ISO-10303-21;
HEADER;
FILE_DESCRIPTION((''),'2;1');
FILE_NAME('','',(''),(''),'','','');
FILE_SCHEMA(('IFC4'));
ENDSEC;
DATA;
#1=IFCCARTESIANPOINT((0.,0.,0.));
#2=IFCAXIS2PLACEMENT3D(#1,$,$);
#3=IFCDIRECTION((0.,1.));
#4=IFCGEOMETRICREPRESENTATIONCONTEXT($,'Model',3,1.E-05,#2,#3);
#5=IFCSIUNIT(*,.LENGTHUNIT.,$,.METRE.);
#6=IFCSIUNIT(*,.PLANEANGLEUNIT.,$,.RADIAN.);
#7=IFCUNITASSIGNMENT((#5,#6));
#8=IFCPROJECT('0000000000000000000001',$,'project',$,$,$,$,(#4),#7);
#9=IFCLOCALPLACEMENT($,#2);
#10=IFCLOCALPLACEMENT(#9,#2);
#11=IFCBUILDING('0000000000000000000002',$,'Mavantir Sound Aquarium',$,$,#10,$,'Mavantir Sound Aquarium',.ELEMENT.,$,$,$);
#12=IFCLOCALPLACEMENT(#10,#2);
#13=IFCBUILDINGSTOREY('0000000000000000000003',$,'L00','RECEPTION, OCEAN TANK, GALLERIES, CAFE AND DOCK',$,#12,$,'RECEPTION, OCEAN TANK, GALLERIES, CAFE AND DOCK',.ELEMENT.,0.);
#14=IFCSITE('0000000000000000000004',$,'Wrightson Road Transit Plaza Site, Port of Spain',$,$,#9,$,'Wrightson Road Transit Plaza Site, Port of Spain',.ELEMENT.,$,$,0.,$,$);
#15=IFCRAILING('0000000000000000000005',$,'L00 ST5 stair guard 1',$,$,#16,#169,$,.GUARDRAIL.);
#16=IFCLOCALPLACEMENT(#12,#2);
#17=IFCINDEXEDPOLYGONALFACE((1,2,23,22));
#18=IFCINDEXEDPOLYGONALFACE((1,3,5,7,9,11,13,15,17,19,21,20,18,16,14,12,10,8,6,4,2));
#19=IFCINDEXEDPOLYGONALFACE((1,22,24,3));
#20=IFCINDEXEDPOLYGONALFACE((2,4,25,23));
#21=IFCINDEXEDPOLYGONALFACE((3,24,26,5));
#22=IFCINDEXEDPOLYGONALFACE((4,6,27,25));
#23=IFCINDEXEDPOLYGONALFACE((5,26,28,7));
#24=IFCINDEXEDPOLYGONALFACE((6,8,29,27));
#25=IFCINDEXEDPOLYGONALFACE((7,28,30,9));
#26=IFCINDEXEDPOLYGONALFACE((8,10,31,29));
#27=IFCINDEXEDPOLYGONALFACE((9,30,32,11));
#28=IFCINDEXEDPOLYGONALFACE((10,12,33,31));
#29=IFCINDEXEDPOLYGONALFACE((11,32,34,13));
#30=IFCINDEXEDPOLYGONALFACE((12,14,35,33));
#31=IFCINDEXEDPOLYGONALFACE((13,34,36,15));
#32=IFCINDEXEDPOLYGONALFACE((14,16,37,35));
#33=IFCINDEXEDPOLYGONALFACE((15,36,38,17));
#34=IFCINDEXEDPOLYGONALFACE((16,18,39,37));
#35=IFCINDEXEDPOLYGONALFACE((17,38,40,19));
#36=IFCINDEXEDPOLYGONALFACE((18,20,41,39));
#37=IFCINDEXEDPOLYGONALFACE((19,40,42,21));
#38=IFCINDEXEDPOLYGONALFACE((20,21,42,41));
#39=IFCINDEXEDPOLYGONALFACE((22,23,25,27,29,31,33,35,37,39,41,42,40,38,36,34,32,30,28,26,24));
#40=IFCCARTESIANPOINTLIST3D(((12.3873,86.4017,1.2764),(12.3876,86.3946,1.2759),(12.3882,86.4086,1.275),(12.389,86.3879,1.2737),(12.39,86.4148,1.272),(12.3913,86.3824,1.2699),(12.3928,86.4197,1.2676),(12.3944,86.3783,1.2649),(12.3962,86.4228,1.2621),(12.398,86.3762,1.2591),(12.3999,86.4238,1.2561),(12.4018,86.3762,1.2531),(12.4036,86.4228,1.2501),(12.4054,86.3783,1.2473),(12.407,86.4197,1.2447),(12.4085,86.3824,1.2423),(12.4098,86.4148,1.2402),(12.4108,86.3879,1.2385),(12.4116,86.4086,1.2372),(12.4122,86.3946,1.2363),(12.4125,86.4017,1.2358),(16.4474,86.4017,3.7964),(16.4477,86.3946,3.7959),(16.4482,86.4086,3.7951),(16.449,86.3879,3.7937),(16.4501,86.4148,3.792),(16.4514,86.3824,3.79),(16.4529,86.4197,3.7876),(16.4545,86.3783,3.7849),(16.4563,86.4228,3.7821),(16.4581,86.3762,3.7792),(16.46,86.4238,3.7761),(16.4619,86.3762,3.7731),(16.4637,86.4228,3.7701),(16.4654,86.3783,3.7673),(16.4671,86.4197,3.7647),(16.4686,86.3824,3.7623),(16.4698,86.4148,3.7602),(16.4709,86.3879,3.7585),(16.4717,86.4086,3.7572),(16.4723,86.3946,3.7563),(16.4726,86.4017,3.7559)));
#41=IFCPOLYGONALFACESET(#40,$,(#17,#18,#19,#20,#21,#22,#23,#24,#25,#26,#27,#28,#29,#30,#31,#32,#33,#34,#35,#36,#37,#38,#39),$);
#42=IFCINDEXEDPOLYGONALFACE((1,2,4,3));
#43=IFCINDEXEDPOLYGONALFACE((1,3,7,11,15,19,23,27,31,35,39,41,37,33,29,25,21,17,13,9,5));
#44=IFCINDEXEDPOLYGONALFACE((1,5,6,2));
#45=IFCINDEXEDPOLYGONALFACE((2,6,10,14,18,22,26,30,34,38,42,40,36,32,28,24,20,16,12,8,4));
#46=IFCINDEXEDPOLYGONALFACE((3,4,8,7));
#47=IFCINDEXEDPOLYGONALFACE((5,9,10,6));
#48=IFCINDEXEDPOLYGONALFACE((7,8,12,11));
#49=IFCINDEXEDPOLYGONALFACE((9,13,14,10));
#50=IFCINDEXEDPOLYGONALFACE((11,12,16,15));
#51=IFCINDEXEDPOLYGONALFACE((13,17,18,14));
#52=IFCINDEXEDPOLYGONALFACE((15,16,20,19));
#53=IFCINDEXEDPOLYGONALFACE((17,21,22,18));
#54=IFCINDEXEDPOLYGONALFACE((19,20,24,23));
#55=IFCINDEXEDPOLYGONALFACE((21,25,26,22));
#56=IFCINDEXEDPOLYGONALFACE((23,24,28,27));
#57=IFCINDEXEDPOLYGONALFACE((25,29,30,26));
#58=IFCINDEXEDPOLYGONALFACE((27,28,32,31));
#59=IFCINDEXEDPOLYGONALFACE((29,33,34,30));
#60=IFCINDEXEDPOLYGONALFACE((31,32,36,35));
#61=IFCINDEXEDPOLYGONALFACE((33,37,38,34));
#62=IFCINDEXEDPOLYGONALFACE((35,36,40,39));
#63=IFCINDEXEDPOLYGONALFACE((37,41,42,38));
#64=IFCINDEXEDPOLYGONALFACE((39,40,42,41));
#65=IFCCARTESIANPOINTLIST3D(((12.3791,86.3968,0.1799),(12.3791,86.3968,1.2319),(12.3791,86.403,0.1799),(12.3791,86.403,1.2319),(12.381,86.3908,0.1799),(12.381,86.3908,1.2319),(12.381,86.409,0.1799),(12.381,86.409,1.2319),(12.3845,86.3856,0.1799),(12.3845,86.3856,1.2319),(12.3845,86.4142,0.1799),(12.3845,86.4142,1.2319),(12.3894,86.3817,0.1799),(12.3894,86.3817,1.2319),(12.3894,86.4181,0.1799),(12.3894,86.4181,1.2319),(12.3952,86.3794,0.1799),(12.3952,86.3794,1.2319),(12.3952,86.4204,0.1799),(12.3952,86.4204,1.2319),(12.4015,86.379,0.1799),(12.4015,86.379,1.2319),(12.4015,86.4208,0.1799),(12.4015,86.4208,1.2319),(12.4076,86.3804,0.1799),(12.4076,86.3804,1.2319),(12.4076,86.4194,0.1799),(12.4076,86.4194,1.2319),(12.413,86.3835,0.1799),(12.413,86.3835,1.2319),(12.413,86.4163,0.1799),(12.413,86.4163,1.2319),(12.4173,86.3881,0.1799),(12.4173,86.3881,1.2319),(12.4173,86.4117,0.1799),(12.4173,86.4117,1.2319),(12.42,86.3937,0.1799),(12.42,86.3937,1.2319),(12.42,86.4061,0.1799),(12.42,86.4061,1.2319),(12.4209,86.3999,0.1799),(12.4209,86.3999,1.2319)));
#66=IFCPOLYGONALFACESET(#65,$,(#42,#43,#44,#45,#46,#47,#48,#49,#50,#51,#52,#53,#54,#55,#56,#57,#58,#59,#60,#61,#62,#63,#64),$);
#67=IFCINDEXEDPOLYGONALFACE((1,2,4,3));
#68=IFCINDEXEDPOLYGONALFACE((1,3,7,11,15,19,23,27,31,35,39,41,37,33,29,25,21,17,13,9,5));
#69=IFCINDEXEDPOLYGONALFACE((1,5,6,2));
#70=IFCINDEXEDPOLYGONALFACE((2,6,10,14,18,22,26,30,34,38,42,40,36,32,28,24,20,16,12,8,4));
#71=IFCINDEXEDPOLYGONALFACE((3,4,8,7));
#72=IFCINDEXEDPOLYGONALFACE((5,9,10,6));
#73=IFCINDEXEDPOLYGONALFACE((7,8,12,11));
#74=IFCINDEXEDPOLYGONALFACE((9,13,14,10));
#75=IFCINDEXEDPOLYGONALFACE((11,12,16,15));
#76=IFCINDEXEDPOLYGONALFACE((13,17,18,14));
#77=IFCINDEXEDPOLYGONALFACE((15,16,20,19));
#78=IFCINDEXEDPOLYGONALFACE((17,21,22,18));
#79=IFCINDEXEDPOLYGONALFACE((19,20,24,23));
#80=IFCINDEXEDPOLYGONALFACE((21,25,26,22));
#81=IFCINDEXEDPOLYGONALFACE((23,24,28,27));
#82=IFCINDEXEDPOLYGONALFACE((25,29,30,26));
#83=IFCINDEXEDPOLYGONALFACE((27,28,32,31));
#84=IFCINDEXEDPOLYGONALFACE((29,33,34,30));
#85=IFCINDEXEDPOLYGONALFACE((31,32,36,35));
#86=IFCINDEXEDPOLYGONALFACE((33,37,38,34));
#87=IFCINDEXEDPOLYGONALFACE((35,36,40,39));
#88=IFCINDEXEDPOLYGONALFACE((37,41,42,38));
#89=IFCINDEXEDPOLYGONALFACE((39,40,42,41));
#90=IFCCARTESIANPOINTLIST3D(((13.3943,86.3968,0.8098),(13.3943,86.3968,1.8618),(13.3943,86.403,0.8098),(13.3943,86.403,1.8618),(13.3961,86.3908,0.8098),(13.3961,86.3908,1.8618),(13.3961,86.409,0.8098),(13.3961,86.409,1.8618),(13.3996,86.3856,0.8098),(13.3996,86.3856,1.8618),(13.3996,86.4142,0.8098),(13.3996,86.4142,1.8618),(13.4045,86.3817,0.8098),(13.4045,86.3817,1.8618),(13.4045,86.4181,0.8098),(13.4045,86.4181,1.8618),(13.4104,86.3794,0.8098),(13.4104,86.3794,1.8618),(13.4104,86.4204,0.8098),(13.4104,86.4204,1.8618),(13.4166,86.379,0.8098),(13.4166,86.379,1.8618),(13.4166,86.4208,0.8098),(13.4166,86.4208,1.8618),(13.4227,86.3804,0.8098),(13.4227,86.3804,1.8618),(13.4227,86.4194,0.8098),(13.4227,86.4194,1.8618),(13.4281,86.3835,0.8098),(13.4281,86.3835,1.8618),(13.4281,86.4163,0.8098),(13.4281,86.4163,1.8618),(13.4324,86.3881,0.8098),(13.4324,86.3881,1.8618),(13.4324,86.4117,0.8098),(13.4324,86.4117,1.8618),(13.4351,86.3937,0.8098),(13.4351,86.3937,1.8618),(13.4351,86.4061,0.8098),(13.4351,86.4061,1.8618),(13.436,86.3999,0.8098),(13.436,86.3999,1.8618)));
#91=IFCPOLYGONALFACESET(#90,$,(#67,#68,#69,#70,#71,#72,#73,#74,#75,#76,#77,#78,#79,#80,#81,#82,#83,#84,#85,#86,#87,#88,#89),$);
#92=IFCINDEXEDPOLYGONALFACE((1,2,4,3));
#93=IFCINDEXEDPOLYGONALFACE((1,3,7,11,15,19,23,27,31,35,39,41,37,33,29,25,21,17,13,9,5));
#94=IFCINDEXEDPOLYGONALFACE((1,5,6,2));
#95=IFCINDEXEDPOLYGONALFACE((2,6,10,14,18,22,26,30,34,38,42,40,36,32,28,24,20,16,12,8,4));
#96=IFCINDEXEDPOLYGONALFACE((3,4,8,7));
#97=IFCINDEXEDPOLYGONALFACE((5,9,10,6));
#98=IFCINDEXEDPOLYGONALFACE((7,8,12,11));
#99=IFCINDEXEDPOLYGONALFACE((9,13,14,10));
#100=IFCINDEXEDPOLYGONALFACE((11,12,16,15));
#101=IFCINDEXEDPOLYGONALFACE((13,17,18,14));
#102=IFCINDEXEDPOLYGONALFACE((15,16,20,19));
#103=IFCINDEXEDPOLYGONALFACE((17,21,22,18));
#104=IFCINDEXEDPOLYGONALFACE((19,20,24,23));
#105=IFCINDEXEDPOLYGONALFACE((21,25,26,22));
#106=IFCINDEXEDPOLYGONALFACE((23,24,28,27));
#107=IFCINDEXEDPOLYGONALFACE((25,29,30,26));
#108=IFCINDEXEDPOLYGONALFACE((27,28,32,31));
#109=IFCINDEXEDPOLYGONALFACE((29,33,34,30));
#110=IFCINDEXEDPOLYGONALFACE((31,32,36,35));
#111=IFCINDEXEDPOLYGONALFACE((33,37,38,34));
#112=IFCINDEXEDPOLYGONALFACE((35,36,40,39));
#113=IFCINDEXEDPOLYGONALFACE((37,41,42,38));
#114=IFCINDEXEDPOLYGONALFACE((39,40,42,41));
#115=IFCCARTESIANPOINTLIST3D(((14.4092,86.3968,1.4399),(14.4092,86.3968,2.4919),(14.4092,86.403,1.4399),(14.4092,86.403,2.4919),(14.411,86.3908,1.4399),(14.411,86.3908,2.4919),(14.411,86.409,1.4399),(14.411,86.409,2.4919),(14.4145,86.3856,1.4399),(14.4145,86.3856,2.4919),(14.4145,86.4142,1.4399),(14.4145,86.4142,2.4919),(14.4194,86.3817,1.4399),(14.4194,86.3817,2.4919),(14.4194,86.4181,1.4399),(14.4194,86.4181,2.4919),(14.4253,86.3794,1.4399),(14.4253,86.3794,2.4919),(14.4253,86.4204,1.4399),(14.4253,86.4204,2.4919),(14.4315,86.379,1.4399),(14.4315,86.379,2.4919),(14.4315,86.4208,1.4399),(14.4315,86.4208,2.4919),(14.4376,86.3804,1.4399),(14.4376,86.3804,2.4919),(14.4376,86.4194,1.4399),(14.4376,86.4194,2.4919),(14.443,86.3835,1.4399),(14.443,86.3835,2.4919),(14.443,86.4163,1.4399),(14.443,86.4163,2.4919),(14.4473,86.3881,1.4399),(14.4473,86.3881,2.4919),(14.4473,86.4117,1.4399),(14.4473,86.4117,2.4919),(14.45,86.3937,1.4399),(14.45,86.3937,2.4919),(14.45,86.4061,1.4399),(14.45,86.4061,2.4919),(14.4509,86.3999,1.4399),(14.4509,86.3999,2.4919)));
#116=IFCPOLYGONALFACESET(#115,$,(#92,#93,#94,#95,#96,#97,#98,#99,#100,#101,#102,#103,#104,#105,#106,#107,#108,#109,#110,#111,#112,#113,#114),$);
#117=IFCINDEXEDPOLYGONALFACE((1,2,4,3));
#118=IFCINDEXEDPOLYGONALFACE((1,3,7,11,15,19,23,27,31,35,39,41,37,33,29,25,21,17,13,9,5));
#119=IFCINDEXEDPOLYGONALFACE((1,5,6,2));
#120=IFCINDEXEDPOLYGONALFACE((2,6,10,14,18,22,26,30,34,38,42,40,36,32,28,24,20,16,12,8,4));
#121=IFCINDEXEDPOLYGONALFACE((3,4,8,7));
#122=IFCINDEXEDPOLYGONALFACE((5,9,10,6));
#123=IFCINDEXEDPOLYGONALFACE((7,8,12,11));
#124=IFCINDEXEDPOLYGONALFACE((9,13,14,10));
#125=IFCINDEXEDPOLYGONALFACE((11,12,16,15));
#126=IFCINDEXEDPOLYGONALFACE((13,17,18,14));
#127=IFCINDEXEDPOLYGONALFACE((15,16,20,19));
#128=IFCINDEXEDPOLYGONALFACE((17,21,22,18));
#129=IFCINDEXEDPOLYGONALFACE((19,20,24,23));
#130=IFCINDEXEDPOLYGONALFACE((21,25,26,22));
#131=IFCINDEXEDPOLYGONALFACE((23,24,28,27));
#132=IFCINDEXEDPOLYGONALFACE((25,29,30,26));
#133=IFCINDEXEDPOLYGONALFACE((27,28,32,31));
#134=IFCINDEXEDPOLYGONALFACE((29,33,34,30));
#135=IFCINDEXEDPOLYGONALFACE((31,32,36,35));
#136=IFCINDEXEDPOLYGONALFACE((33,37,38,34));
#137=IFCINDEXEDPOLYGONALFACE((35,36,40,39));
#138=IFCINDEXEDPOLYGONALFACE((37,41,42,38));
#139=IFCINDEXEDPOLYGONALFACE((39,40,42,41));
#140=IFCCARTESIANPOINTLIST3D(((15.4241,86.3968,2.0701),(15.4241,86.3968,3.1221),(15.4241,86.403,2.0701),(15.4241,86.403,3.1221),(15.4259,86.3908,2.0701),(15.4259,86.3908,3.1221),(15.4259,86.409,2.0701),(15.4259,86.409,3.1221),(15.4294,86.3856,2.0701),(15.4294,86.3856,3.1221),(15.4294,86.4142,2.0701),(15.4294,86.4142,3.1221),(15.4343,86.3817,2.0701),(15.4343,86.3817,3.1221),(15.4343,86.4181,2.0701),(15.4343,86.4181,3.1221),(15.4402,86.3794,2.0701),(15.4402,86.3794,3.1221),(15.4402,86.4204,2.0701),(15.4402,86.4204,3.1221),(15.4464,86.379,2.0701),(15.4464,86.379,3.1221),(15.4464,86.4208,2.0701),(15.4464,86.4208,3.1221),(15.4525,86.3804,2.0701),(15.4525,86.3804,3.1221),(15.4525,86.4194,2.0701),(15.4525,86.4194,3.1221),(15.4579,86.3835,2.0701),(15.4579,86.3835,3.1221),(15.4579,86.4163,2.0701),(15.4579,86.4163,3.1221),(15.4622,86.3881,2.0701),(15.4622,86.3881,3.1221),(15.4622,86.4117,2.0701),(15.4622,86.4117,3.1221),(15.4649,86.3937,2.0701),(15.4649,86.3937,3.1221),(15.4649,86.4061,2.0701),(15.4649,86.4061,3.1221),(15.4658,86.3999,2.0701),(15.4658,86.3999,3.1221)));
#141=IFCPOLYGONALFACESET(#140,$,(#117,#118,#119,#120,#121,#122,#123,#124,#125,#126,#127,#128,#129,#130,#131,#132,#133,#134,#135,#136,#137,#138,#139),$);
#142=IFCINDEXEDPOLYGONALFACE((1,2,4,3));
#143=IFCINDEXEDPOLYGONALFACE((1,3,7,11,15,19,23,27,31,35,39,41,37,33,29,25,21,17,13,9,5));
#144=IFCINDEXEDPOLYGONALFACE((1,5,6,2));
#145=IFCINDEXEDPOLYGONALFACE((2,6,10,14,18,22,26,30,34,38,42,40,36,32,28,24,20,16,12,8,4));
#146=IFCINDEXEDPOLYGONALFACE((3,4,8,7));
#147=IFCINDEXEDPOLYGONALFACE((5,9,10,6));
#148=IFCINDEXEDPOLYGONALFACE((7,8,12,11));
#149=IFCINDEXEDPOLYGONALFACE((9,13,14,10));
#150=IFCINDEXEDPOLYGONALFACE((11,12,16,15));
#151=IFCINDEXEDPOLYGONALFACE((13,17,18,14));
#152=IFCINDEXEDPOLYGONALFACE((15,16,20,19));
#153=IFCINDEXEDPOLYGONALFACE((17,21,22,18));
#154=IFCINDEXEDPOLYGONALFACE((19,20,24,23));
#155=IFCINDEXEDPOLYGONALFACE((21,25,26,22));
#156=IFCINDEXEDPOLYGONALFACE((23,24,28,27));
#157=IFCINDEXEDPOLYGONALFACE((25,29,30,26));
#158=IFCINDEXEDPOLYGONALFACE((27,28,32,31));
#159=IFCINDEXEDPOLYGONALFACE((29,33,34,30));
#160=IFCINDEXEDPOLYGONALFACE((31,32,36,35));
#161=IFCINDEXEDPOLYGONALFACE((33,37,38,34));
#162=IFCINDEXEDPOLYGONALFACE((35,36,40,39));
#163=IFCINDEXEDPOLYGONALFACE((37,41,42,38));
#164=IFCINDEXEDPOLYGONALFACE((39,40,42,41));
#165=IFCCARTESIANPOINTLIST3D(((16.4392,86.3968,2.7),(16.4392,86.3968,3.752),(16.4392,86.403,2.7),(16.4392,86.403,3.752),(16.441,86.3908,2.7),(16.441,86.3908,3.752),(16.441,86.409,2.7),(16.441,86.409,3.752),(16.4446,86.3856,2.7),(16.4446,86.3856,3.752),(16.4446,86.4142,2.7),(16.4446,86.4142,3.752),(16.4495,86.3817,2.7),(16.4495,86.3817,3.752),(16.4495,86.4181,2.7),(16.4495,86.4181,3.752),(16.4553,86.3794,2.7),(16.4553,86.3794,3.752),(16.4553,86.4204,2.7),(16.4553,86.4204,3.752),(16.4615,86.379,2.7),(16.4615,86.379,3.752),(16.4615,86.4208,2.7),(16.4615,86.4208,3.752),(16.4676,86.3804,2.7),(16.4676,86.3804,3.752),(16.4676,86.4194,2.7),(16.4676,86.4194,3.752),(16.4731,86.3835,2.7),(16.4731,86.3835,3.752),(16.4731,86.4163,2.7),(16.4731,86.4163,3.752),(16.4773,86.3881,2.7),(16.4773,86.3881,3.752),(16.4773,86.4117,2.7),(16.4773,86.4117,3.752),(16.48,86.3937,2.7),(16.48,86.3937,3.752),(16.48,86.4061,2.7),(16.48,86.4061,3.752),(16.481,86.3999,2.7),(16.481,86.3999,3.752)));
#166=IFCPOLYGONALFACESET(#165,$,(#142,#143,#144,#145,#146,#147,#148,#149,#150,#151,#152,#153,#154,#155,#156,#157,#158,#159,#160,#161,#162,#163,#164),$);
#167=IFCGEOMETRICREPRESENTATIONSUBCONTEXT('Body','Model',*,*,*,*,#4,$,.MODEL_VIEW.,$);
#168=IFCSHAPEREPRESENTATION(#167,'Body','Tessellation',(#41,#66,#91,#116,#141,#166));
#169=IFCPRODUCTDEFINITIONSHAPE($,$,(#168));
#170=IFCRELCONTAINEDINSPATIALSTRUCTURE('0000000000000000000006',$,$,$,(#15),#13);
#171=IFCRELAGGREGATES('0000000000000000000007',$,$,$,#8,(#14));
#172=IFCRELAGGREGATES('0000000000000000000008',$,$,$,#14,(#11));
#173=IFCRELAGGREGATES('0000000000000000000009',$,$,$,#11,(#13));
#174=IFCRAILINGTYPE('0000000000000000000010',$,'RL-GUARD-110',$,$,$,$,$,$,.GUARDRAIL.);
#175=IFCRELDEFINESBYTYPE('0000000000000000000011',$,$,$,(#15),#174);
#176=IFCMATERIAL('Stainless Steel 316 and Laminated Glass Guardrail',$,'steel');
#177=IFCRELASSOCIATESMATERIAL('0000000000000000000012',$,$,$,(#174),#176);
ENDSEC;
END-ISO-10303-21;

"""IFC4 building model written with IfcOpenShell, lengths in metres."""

from ifc_helpers import new_model, si_unit, direction, frame, origin, origin_2d, place, context, subcontext, project, spatial, circle, extrude, material, type_object, element, save


model = new_model("IFC4")

# Units and contexts
model_context = context("Model", 3, precision=1e-05, world=origin(), true_north=direction((0.0, 1.0)))
body_context = subcontext(model_context, "Body", "Model", "MODEL_VIEW")
ifc_project = project(units=[si_unit("LENGTHUNIT", "METRE"), si_unit("PLANEANGLEUNIT", "RADIAN")], contexts=[model_context])

# Site, building, storey
site_placement = place(None, origin())
site = spatial("IfcSite", under=ifc_project, at=site_placement, Name="Wrightson Road Transit Plaza Site, Port of Spain", LongName="Wrightson Road Transit Plaza Site, Port of Spain", CompositionType="ELEMENT", RefElevation=0.0)
building_placement = place(site_placement, origin())
building = spatial("IfcBuilding", under=site, at=building_placement, Name="Mavantir Sound Aquarium", LongName="Mavantir Sound Aquarium", CompositionType="ELEMENT")
storey_placement = place(building_placement, origin())
storey = spatial("IfcBuildingStorey", under=building, at=storey_placement, Name="L00", Description="RECEPTION, OCEAN TANK, GALLERIES, CAFE AND DOCK", LongName="RECEPTION, OCEAN TANK, GALLERIES, CAFE AND DOCK", CompositionType="ELEMENT", Elevation=0.0)

# Railing
ifc_material_1 = material(Name="Stainless Steel 316 and Laminated Glass Guardrail", Category="steel")
railing_type_1 = type_object("IfcRailingType", Name="RL-GUARD-110", PredefinedType="GUARDRAIL", material=ifc_material_1)
railing_1_placement = place(storey_placement, frame((12.3999, 86.3999, 0.1799)))
element("IfcRailing", 1, at=railing_1_placement, inside=storey, type_object=railing_type_1, Name="L00 ST5 stair guard 1", PredefinedType="GUARDRAIL", context=body_context, shape_type="SweptSolid", body=[
    extrude(circle(Radius=0.0239, at=origin_2d()), frame((0.0, 0.0, 1.0762), z_axis=(0.849642, 0.0, 0.52736), x_axis=(0.0, 1.0, 0.0)), (0.0, 0.0, 1.0), 4.7786),
    extrude(circle(Radius=0.021, at=origin_2d()), origin(), (0.0, 0.0, 1.0), 1.052),
    extrude(circle(Radius=0.021, at=origin_2d()), frame((1.0151, 0.0, 0.6299)), (0.0, 0.0, 1.0), 1.052),
    extrude(circle(Radius=0.021, at=origin_2d()), frame((2.03, 0.0, 1.26)), (0.0, 0.0, 1.0), 1.052),
    extrude(circle(Radius=0.021, at=origin_2d()), frame((3.0449, 0.0, 1.8901)), (0.0, 0.0, 1.0), 1.052),
    extrude(circle(Radius=0.021, at=origin_2d()), frame((4.0601, 0.0, 2.52)), (0.0, 0.0, 1.0), 1.052),
])

save(model, "model.ifc")
